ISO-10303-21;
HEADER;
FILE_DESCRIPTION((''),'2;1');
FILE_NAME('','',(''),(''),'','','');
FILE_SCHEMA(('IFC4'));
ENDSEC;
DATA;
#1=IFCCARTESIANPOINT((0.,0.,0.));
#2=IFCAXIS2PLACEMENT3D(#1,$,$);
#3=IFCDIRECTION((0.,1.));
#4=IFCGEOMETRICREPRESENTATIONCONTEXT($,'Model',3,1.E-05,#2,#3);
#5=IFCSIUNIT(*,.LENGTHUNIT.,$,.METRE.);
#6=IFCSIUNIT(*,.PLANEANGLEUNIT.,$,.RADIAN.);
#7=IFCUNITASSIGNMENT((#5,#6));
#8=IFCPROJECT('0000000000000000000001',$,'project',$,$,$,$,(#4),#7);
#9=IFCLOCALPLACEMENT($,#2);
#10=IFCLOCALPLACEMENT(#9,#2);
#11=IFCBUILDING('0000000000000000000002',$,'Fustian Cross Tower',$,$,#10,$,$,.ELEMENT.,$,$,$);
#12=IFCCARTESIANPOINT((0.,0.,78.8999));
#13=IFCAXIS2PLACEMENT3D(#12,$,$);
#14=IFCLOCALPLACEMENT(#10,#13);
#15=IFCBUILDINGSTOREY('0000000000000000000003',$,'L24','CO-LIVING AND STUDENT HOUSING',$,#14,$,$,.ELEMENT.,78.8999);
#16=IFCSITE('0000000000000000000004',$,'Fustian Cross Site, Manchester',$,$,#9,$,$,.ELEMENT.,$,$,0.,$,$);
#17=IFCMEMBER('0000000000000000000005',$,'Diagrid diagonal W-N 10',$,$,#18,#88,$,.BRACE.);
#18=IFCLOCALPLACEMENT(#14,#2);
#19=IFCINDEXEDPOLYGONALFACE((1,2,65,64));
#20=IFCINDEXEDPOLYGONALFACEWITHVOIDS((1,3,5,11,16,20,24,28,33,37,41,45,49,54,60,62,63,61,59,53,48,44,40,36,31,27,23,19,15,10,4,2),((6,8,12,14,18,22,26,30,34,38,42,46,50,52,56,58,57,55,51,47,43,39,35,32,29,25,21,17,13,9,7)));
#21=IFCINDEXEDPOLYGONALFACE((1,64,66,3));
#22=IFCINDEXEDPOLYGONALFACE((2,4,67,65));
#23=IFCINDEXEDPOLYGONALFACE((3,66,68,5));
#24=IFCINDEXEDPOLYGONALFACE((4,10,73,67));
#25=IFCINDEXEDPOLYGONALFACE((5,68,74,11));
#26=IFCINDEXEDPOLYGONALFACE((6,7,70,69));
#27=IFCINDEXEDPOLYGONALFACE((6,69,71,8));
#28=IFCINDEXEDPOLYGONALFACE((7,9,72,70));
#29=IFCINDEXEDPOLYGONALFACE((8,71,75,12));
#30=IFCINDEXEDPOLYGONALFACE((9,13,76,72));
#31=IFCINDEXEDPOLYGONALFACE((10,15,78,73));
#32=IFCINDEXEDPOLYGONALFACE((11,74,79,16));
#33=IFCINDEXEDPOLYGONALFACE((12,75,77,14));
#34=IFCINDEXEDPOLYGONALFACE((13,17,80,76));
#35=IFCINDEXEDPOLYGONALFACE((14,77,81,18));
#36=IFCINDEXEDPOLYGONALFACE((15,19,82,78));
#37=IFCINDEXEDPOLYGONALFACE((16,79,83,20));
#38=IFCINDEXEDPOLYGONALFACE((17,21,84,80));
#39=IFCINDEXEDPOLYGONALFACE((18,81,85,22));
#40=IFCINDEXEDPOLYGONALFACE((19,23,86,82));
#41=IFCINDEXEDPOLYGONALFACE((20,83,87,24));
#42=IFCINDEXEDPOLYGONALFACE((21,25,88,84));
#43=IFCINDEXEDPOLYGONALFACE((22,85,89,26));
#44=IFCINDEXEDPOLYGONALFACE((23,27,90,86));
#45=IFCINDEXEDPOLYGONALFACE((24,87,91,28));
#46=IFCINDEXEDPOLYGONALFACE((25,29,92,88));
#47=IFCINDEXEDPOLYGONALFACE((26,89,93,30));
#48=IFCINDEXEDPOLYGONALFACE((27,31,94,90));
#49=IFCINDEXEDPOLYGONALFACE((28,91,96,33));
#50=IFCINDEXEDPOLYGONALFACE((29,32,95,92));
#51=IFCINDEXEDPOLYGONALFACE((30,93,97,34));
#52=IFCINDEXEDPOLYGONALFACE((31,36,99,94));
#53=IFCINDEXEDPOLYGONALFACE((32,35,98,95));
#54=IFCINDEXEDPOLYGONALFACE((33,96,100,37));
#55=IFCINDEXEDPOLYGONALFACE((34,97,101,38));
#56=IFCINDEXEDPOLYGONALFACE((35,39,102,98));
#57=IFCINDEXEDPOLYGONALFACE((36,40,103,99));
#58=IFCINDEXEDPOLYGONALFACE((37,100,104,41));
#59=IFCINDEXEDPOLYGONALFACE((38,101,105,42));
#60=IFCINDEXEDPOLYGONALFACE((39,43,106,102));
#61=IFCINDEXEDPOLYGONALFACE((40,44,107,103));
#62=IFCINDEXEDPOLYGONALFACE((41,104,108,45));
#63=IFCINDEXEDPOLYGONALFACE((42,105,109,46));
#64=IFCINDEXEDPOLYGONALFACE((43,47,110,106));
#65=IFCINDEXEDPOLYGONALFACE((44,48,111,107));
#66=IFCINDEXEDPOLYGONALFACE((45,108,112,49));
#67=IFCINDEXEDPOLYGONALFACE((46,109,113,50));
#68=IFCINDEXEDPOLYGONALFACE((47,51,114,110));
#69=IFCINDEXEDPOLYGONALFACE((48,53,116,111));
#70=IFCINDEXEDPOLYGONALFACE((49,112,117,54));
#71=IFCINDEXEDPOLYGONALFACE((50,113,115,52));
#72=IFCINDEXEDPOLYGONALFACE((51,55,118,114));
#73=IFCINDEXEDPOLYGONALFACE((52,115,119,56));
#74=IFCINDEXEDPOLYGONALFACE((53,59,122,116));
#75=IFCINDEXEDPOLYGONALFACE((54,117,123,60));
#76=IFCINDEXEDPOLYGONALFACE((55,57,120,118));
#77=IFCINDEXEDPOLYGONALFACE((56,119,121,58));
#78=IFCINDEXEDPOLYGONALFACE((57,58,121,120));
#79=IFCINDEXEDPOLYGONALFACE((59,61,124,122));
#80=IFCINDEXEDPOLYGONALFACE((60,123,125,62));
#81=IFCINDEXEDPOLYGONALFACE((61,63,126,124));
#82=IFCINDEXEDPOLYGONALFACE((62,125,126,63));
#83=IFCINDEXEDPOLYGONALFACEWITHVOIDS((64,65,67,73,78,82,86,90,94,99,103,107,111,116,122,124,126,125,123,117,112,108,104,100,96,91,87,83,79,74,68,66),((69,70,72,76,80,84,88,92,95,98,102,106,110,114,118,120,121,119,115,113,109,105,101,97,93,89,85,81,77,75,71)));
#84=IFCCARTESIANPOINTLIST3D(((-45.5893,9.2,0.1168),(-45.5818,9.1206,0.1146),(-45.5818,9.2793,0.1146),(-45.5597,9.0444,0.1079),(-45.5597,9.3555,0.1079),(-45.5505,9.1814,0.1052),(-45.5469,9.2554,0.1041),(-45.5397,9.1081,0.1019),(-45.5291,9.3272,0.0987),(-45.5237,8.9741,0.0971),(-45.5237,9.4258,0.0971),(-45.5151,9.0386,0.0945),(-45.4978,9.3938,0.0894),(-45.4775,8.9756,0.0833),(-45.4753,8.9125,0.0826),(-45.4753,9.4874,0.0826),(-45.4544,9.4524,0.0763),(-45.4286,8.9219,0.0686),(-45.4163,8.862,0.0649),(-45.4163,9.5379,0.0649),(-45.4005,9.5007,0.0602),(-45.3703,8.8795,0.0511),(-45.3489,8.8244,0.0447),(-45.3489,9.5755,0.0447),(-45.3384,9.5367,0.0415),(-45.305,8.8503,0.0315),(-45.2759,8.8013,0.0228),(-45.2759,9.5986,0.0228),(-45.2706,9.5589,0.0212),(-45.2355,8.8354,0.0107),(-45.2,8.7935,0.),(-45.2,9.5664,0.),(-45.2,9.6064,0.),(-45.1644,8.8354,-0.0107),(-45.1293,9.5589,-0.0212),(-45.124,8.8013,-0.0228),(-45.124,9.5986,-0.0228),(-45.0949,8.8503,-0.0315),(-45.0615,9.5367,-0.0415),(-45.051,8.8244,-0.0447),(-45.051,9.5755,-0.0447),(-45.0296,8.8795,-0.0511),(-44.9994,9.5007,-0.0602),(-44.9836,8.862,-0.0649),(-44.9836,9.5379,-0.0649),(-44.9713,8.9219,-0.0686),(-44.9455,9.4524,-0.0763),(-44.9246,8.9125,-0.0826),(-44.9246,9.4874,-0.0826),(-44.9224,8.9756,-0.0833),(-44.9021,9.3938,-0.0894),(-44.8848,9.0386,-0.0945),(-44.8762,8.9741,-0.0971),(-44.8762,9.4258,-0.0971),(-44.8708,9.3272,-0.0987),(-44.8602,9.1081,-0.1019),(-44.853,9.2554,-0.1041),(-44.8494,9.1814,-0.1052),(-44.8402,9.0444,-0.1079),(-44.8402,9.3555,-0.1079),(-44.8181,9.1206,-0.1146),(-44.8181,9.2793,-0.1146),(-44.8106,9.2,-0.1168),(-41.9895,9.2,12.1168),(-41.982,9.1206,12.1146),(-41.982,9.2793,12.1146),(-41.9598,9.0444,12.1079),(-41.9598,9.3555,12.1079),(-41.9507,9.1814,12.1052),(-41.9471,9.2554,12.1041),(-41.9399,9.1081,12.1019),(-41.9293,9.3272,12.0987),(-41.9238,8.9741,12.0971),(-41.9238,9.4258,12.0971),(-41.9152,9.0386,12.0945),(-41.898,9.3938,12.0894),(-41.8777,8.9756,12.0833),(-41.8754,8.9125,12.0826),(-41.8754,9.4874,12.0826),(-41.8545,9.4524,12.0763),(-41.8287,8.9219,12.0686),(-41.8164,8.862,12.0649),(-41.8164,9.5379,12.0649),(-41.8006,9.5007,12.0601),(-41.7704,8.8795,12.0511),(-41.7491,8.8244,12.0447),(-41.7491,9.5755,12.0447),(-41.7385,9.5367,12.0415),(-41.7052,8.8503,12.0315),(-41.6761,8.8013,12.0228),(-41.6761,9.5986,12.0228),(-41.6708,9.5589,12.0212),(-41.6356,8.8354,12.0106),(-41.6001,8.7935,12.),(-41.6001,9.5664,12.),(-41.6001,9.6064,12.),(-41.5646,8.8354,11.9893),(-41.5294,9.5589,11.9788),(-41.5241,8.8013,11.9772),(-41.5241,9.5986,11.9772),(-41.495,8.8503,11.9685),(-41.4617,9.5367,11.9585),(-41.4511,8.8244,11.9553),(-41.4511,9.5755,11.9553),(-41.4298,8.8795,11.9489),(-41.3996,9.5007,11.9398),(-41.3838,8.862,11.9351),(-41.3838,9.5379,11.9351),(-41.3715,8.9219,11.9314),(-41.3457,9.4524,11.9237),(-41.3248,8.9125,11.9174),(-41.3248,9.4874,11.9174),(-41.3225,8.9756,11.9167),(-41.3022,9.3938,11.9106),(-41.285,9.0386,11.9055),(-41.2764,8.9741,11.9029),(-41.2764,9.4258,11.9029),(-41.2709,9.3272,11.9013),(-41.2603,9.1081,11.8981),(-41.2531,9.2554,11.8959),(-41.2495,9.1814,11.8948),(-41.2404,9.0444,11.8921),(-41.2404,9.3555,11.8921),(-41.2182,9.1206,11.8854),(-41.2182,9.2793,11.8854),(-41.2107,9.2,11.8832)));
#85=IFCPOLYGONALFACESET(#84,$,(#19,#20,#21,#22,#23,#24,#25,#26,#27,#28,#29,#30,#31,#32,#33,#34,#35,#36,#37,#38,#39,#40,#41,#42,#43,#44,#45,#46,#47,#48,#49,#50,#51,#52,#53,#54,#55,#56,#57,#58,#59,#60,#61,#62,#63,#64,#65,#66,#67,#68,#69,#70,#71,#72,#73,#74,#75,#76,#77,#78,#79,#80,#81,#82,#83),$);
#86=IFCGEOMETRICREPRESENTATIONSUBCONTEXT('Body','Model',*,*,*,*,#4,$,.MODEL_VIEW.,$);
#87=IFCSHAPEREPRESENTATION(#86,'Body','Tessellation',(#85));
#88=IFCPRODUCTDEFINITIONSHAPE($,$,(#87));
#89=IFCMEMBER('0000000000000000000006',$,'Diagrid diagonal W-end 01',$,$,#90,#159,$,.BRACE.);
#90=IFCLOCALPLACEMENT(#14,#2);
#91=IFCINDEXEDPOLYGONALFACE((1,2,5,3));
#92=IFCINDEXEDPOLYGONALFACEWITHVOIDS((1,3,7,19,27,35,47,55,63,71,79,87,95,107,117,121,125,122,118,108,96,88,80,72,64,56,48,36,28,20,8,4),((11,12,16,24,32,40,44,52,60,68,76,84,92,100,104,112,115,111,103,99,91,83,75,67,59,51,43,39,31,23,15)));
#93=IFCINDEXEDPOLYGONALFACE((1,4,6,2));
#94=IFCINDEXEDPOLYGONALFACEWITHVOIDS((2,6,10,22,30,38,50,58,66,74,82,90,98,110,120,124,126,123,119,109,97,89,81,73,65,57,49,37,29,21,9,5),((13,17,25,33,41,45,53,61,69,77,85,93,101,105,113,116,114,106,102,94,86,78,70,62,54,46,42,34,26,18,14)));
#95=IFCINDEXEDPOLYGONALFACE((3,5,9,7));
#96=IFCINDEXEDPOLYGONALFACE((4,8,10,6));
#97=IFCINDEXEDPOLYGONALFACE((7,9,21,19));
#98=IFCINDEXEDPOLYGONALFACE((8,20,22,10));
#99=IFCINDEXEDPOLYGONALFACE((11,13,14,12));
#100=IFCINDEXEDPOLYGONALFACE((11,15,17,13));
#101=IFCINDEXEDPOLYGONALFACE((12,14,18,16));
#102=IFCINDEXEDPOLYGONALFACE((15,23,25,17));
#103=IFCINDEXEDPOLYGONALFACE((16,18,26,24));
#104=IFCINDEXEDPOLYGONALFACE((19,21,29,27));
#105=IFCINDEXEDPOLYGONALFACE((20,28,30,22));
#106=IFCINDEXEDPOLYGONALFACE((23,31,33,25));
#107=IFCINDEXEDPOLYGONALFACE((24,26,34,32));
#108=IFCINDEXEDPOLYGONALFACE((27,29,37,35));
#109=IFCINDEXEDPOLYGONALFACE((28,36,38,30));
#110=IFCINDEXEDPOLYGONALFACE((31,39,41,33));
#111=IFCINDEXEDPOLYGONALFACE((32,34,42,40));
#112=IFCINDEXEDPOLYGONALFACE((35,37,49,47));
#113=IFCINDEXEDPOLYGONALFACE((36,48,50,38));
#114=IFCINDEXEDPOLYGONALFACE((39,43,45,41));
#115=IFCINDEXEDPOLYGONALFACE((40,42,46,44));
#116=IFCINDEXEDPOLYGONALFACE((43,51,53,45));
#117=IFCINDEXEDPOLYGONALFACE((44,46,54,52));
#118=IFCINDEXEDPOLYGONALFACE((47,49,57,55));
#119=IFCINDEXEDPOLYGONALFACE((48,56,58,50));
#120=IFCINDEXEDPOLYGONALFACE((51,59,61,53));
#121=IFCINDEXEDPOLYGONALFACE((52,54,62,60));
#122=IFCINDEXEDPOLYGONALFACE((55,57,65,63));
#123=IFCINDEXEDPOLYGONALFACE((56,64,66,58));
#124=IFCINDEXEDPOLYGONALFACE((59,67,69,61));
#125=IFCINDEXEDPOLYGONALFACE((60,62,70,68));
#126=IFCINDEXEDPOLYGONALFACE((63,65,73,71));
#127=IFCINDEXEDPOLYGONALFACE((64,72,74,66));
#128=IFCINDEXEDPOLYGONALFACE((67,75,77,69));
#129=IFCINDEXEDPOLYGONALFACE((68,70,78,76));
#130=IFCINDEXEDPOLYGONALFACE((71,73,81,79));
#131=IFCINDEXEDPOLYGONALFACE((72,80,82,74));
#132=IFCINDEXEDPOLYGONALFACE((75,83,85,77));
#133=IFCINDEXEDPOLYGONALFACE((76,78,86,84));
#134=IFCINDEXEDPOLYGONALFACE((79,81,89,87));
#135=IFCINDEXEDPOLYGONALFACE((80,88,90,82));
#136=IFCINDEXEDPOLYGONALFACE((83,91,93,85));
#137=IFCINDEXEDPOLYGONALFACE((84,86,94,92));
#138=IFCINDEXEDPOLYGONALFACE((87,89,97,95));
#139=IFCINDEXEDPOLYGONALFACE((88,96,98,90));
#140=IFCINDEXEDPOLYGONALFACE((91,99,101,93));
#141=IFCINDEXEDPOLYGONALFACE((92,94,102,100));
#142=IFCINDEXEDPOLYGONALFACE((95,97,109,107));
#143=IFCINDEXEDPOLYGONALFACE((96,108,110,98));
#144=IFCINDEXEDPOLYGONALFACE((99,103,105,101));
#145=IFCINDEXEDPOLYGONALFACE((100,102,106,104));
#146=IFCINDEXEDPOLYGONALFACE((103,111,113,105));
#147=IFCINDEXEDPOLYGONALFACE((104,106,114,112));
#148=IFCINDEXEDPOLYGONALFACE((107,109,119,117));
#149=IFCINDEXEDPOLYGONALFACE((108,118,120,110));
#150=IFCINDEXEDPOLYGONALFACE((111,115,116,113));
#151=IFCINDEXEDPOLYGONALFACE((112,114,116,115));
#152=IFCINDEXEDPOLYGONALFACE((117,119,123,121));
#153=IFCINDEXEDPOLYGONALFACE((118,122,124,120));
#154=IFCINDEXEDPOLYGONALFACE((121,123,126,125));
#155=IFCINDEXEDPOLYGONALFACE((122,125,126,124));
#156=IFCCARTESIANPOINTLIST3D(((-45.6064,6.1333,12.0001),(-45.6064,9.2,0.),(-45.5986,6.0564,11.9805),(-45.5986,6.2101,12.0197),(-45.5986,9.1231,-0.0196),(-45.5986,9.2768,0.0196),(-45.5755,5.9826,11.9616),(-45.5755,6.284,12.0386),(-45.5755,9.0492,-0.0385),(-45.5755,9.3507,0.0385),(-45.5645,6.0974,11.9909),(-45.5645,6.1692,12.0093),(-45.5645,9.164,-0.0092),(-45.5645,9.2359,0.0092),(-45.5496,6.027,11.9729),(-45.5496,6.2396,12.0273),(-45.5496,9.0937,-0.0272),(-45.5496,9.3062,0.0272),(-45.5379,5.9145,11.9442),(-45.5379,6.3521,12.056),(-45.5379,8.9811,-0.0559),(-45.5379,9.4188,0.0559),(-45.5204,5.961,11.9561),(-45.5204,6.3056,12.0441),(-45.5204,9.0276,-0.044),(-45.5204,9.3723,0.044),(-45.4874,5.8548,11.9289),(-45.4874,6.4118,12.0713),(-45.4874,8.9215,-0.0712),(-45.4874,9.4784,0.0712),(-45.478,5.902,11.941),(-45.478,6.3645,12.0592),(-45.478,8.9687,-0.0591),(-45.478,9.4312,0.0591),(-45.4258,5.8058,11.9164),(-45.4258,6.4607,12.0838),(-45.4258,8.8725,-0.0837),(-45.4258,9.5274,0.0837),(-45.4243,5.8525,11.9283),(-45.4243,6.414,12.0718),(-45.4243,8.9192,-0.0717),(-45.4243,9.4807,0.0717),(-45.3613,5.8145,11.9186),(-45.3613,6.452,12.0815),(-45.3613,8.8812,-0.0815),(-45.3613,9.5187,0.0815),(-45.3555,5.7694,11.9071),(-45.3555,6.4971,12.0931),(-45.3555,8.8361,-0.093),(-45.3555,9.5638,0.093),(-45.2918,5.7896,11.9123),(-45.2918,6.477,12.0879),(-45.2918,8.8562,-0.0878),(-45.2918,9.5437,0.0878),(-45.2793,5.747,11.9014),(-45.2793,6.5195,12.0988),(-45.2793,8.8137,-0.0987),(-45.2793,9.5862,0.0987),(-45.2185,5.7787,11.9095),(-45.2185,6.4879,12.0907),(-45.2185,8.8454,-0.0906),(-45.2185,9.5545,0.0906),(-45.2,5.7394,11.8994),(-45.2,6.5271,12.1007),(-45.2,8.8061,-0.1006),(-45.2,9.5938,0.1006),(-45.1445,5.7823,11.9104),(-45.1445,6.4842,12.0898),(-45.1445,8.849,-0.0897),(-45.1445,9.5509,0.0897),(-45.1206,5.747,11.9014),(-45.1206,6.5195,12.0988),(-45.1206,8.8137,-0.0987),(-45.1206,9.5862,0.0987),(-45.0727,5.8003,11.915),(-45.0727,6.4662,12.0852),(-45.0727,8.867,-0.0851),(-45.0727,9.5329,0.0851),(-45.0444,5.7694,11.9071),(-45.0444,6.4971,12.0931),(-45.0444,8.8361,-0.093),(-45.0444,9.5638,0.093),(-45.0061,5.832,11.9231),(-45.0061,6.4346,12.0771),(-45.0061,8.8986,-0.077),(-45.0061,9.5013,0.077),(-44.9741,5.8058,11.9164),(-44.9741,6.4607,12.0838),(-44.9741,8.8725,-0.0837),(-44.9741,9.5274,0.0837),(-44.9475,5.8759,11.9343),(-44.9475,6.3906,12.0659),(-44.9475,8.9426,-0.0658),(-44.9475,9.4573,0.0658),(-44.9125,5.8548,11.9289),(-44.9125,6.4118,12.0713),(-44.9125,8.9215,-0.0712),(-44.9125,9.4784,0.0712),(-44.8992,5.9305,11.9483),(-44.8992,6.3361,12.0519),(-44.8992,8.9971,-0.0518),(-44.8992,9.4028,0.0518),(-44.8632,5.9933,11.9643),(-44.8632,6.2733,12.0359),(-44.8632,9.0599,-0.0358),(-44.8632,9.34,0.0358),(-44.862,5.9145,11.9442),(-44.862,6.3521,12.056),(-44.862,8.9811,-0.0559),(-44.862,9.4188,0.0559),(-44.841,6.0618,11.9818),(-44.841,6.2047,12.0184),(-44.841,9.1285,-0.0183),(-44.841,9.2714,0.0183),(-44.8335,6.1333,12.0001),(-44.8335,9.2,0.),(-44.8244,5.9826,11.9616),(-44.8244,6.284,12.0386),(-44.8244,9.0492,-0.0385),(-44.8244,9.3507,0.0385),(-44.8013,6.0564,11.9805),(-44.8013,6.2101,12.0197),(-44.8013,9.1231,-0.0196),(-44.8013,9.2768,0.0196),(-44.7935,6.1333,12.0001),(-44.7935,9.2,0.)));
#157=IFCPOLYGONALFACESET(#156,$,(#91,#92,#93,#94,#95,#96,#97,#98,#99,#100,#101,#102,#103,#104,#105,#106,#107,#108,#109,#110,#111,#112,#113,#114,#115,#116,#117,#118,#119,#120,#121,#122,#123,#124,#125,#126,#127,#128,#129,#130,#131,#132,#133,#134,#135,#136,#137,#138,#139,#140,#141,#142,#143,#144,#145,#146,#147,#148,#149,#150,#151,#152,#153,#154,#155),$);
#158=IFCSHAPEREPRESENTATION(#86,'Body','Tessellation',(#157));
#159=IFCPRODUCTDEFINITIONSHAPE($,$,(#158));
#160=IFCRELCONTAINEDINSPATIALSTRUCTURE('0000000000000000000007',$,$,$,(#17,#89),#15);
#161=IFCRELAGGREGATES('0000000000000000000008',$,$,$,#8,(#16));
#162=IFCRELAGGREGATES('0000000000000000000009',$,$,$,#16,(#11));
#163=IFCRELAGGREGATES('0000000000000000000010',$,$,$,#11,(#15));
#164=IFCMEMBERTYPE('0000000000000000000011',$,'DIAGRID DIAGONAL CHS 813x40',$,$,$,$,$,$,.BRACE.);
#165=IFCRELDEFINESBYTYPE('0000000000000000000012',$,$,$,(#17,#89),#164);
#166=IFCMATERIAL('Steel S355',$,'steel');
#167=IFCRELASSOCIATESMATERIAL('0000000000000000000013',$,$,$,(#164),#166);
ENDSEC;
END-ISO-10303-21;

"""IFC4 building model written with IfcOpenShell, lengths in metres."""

from ifc_helpers import new_model, si_unit, direction, frame, origin, origin_2d, place, context, subcontext, project, spatial, hollow_circle, extrude, material, material_profile, profile_set, type_object, element, save


model = new_model("IFC4")

# Units and contexts
model_context = context("Model", 3, precision=1e-05, world=origin(), true_north=direction((0.0, 1.0)))
body_context = subcontext(model_context, "Body", "Model", "MODEL_VIEW")
ifc_project = project(units=[si_unit("LENGTHUNIT", "METRE"), si_unit("PLANEANGLEUNIT", "RADIAN")], contexts=[model_context])

# Site, building, storey
site_placement = place(None, origin())
site = spatial("IfcSite", under=ifc_project, at=site_placement, Name="Fustian Cross Site, Manchester", CompositionType="ELEMENT", RefElevation=0.0)
building_placement = place(site_placement, origin())
building = spatial("IfcBuilding", under=site, at=building_placement, Name="Fustian Cross Tower", CompositionType="ELEMENT")
storey_placement = place(building_placement, frame((0.0, 0.0, 78.8999)))
storey = spatial("IfcBuildingStorey", under=building, at=storey_placement, Name="L24", Description="CO-LIVING AND STUDENT HOUSING", CompositionType="ELEMENT", Elevation=78.8999)

# Members
ifc_material_1 = material(Name="Steel S355", Category="steel")
ifc_material_profile_1 = material_profile(ifc_material_1, hollow_circle(Radius=0.4065, WallThickness=0.04, at=origin_2d()), Name="CHS 813x40")
ifc_profile_set_1 = profile_set([ifc_material_profile_1], Name="Steel S355")
member_type_1 = type_object("IfcMemberType", Name="DIAGRID DIAGONAL CHS 813x40", PredefinedType="BRACE", material=ifc_profile_set_1)
member_placement = place(storey_placement, frame((-45.2, 9.2, 0.0), z_axis=(0.287337, 0.0, 0.95783), x_axis=(0.0, 1.0, 0.0)))
element("IfcMember", 1, at=member_placement, inside=storey, type_object=member_type_1, Name="Diagrid diagonal W-N 10", PredefinedType="BRACE", context=body_context, shape_type="SweptSolid", body=[
    extrude(hollow_circle(Radius=0.4065, WallThickness=0.04, at=origin_2d()), origin(), (0.0, 0.0, 1.0), 12.5283),
])
for number, where, z_axis, x_axis, name in (
    (2, (-45.2, 9.2, 0.0), (0.0, -0.247597, 0.968863), (1.0, 0.0, 0.0), "Diagrid diagonal W-end 01"),
):
    element("IfcMember", number, at=place(storey_placement, frame(where, z_axis=z_axis, x_axis=x_axis)), inside=storey, type_object=member_type_1, Name=name, PredefinedType="BRACE", context=body_context, shape_type="SweptSolid", body=[
        extrude(hollow_circle(Radius=0.4065, WallThickness=0.04, at=origin_2d()), origin(), (0.0, 0.0, 1.0), 12.3857),
    ])

save(model, "model.ifc")
